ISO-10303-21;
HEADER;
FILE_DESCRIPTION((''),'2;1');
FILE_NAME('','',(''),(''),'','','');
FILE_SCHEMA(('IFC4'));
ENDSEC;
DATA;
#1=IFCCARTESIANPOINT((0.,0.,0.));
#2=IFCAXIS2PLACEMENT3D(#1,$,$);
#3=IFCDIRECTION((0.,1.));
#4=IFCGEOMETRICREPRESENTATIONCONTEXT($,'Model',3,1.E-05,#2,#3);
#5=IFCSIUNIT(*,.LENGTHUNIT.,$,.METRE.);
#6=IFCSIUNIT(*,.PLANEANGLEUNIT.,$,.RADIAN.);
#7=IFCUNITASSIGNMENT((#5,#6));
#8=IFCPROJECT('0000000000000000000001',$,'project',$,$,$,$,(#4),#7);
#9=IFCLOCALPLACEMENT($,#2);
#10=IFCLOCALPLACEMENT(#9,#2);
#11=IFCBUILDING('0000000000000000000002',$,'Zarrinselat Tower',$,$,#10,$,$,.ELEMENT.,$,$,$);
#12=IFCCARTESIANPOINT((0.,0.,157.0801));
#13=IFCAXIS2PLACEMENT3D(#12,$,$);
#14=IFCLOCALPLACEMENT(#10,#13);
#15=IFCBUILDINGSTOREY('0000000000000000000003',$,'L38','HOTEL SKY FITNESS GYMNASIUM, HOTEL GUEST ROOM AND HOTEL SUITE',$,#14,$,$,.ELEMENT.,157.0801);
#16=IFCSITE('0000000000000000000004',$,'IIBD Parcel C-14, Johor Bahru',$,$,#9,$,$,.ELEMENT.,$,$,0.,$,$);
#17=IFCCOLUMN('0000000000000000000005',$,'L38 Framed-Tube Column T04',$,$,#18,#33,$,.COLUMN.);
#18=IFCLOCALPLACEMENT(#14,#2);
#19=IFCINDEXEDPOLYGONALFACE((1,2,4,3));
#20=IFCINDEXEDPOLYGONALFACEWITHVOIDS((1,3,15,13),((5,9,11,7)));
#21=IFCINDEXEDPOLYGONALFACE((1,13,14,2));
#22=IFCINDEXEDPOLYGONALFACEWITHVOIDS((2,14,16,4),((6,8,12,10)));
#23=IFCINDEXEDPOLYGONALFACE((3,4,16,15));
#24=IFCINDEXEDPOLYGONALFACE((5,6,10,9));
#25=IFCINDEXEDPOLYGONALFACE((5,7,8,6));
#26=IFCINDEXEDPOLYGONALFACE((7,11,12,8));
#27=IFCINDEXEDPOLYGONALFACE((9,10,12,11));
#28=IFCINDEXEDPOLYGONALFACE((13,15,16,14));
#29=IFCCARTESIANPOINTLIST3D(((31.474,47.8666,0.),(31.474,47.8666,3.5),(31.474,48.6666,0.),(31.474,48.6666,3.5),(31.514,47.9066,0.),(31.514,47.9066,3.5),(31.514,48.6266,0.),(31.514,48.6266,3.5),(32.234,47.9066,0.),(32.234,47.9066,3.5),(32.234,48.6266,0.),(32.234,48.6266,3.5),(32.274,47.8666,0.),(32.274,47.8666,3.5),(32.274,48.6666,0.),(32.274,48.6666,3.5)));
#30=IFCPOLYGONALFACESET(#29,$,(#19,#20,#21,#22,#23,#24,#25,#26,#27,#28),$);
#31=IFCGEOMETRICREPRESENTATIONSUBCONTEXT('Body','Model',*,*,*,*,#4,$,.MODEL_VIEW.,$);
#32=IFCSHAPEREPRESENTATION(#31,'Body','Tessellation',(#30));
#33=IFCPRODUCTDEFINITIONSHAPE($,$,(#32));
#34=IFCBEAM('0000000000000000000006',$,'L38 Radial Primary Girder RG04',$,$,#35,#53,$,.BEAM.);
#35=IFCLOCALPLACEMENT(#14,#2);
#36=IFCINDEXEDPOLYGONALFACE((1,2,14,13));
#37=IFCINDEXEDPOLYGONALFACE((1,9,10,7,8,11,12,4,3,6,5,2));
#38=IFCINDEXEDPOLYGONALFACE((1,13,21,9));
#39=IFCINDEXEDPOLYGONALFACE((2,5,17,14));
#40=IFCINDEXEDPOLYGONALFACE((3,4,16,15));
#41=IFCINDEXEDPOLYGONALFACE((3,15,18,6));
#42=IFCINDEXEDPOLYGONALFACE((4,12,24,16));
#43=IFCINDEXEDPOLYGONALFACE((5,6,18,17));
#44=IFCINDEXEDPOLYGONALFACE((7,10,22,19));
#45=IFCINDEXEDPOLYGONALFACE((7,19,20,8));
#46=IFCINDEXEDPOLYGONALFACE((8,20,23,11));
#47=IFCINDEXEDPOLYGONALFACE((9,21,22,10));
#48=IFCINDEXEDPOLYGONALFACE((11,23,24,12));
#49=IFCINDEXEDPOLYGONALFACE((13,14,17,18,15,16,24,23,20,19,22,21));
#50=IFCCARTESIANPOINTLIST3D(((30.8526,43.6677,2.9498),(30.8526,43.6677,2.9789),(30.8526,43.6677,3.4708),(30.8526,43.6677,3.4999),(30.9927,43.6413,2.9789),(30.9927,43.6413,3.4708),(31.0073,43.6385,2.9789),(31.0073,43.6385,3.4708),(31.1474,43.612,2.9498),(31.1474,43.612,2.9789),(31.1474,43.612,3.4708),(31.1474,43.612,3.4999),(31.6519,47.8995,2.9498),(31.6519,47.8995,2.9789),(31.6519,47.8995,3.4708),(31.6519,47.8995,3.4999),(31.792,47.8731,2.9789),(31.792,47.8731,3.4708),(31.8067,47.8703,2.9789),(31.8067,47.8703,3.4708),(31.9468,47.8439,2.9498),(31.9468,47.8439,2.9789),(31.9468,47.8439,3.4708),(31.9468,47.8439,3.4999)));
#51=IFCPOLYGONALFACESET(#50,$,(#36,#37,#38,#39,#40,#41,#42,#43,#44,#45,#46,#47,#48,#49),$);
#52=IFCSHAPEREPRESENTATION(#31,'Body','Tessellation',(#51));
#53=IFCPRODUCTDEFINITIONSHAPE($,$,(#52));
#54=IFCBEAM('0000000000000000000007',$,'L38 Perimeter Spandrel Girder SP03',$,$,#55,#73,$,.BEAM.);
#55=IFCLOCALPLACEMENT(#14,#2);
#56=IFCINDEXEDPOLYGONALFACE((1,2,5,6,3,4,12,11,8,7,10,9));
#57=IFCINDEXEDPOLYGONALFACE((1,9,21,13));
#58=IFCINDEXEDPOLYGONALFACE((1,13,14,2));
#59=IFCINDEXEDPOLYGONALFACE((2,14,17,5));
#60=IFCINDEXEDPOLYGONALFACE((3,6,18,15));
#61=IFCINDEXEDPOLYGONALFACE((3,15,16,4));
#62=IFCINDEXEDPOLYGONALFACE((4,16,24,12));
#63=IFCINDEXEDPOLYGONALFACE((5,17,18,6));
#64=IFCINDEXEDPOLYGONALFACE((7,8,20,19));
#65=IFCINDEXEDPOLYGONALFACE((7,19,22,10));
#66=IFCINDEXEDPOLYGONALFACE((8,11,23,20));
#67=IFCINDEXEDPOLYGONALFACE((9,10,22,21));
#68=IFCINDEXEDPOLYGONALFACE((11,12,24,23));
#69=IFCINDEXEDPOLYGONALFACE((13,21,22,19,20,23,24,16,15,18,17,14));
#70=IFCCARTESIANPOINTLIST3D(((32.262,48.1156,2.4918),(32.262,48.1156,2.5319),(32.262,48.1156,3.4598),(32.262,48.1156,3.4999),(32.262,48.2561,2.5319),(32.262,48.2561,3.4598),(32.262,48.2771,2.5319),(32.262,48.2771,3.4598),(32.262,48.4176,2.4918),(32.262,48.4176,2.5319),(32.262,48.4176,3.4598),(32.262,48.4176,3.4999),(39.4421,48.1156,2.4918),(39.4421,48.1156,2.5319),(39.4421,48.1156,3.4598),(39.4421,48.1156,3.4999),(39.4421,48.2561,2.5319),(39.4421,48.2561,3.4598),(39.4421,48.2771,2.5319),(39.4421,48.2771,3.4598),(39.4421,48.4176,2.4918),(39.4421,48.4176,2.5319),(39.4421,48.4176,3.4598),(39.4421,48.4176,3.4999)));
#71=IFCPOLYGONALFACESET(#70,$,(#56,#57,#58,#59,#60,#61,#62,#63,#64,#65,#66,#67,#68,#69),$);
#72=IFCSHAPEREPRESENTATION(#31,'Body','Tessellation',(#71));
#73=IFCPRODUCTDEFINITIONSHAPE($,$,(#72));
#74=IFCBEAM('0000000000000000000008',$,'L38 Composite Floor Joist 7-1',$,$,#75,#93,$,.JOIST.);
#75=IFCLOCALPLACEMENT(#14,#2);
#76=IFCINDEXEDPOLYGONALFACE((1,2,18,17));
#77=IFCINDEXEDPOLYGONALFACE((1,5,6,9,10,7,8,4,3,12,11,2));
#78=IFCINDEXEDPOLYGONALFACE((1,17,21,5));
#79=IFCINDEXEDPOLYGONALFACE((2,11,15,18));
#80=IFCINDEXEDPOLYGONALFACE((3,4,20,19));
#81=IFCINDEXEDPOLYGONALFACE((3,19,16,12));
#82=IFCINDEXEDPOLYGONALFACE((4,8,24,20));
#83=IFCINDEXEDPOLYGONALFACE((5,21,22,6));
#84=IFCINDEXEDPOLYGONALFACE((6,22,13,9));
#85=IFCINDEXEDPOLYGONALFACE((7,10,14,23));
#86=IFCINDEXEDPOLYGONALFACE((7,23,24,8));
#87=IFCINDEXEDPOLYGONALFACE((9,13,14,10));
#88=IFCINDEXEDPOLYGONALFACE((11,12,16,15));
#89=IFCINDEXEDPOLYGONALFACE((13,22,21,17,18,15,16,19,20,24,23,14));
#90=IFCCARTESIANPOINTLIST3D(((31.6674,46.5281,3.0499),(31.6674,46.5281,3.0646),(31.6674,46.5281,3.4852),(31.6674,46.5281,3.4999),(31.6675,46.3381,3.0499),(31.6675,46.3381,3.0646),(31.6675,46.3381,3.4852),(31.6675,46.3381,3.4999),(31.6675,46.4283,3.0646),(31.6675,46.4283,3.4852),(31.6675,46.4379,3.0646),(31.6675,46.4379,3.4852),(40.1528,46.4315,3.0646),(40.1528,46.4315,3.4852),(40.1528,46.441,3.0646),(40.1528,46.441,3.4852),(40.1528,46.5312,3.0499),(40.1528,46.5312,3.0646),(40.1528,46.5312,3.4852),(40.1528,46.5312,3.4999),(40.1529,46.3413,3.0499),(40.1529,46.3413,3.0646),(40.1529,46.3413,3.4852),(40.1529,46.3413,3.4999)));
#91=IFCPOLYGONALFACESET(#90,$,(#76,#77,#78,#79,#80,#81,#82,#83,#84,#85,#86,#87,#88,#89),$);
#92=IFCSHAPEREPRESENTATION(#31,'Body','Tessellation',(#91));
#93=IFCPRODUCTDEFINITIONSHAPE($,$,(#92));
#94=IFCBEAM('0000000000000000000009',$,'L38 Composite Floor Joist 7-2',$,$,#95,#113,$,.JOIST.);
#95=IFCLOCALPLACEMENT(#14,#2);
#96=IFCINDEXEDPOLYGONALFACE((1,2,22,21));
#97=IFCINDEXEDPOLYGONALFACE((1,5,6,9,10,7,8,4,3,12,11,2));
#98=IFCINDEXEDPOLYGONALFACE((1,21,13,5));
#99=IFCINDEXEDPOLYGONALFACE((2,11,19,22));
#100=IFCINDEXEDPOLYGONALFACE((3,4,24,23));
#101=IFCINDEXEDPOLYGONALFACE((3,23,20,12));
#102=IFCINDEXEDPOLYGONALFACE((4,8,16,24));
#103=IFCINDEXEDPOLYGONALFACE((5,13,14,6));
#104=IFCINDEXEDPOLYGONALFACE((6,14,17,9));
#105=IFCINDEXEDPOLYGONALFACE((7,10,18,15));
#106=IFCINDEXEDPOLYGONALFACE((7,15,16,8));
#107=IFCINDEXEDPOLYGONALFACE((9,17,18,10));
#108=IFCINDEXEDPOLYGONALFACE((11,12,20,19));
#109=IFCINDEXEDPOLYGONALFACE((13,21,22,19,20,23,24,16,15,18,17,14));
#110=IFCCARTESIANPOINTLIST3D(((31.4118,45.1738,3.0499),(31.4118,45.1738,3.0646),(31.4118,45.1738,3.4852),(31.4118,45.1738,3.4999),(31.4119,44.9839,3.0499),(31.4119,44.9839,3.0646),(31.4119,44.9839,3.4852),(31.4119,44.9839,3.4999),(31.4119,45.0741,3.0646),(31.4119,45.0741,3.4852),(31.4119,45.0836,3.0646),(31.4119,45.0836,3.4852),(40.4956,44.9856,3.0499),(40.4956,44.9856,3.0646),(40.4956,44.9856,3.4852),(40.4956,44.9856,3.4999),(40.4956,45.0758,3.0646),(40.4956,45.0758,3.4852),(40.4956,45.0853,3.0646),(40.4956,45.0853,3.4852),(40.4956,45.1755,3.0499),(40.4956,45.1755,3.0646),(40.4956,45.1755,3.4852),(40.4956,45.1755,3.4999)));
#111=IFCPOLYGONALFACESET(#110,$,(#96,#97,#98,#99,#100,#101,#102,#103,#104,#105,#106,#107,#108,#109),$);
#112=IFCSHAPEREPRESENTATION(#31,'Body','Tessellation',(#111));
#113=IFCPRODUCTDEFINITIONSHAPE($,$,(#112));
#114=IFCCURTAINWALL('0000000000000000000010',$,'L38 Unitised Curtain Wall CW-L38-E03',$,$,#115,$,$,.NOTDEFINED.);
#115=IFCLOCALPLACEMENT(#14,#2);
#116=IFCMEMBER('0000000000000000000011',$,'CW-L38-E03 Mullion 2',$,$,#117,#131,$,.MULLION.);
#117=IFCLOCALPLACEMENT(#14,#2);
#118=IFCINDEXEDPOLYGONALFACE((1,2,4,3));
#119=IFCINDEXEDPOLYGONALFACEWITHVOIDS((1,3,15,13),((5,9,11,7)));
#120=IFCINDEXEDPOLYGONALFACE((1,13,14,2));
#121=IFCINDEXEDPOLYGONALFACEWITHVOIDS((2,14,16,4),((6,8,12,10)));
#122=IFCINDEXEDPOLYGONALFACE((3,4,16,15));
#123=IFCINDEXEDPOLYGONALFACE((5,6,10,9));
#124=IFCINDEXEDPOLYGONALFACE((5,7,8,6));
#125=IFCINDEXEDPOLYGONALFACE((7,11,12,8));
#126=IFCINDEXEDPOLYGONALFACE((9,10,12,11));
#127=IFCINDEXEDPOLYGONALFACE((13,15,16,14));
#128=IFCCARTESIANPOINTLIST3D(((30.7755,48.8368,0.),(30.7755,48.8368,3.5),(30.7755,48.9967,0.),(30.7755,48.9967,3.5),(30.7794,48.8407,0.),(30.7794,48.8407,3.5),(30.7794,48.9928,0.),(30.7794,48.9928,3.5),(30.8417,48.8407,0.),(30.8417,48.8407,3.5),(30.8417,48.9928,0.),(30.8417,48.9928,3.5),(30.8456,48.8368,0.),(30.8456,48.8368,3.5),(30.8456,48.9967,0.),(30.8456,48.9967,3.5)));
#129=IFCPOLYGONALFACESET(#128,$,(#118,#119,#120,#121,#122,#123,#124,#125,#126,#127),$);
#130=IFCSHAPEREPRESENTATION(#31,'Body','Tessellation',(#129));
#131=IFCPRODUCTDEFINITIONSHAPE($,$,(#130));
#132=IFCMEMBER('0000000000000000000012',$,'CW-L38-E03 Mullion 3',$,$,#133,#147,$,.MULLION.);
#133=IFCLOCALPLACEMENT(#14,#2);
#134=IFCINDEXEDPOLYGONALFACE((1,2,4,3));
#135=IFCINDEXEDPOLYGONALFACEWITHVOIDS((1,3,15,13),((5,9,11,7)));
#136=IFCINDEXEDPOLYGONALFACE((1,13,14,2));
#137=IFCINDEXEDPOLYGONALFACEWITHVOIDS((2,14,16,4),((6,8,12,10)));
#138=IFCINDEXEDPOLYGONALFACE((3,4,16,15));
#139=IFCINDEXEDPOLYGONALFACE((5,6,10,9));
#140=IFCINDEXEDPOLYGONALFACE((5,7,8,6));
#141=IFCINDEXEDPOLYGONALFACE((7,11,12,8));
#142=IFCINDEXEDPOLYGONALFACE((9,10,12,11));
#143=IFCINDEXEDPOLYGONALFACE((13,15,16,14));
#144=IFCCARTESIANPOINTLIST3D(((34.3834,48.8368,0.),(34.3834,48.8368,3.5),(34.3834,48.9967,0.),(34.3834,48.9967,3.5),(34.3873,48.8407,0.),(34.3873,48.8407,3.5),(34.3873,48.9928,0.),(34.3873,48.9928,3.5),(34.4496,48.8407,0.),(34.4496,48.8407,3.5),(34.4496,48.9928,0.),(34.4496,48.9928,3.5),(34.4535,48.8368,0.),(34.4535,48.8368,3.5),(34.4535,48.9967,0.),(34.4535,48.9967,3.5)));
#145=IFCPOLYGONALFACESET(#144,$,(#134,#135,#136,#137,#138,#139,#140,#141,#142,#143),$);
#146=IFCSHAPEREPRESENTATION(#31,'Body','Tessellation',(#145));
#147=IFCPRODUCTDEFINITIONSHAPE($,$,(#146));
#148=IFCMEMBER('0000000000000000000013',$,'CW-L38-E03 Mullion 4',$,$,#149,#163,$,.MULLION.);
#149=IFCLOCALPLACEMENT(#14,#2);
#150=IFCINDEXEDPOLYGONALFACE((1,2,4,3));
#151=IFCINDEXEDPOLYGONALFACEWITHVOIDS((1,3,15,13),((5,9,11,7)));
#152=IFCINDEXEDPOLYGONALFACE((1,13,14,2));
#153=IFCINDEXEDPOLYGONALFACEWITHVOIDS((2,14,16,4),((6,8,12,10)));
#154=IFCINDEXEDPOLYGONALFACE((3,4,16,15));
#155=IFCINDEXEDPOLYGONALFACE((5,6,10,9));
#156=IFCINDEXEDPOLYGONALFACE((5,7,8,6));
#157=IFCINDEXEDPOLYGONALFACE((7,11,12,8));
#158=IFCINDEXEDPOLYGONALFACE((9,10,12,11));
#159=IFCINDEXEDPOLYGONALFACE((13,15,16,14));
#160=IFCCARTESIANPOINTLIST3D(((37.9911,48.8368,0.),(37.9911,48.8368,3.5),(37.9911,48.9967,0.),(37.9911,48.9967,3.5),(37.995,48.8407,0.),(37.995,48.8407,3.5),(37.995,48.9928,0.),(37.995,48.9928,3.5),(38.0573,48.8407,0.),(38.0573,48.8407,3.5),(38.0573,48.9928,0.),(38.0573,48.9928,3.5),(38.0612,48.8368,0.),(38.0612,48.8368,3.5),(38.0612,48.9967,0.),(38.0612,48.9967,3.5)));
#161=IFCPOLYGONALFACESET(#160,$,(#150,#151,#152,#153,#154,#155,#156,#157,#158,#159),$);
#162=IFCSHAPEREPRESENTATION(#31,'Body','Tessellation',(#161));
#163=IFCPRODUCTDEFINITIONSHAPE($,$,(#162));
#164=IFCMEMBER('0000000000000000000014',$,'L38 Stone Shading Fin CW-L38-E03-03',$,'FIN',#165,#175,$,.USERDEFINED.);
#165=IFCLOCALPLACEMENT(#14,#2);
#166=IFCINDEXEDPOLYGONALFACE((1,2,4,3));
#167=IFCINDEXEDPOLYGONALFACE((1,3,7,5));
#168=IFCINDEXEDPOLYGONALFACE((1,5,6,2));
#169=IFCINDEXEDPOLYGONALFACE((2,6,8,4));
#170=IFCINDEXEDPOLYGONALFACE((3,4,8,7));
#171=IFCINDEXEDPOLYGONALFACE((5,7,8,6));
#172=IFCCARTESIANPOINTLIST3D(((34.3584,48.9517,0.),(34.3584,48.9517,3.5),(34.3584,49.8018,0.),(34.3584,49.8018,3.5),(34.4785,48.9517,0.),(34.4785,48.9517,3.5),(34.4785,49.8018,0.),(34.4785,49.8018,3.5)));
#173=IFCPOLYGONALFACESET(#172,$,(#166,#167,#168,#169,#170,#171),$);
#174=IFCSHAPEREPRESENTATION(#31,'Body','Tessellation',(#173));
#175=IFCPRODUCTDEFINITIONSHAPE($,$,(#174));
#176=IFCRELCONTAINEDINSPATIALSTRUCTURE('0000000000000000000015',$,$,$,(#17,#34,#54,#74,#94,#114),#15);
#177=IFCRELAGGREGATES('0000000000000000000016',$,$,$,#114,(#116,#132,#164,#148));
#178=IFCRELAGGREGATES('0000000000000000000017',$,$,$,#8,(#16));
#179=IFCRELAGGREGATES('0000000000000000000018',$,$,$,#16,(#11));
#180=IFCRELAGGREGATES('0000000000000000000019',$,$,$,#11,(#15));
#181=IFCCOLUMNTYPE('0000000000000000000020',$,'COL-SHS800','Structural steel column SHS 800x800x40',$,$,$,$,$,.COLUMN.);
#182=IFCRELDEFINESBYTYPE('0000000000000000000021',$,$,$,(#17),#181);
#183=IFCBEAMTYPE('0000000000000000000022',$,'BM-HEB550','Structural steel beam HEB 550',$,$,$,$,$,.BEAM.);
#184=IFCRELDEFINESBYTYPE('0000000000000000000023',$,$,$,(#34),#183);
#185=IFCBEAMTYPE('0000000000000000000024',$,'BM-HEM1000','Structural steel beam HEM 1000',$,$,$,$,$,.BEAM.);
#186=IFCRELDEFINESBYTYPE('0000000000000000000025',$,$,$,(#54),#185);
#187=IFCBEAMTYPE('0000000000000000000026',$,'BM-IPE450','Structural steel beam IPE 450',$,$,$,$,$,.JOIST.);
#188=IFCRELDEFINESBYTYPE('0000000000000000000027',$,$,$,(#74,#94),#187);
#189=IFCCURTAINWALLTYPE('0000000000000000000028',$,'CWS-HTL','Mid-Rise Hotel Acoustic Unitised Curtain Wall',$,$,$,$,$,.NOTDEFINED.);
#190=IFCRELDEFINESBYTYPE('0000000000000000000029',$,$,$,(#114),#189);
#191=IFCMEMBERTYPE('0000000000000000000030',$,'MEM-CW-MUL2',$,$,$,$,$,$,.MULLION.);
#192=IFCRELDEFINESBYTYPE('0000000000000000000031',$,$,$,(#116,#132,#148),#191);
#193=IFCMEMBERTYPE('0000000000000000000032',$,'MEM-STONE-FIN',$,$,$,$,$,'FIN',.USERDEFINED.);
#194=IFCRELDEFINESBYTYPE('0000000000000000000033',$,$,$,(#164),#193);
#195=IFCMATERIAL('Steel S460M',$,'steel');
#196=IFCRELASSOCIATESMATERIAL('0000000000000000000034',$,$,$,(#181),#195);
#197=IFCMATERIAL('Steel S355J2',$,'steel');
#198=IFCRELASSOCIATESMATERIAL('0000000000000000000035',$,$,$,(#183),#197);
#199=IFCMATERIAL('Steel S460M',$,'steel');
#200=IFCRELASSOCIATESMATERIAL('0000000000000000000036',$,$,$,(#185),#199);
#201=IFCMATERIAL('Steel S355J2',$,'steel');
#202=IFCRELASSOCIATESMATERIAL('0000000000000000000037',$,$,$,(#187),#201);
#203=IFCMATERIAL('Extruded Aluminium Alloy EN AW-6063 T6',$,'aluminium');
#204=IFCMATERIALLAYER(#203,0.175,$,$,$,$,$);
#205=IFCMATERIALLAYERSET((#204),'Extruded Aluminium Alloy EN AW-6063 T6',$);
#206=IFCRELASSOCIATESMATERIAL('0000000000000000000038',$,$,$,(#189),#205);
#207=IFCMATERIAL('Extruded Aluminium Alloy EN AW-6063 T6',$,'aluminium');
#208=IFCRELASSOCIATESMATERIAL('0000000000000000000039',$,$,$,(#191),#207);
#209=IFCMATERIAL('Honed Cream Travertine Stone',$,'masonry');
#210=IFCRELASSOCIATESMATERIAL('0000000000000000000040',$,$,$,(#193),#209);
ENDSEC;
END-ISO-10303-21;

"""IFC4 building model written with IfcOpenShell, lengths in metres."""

from ifc_helpers import new_model, si_unit, direction, frame, origin, origin_2d, place, context, subcontext, project, spatial, rectangle, hollow_rectangle, i_section, extrude, material, layer, layer_set, material_profile, profile_set, type_object, element, aggregate, save


model = new_model("IFC4")

# Units and contexts
model_context = context("Model", 3, precision=1e-05, world=origin(), true_north=direction((0.0, 1.0)))
body_context = subcontext(model_context, "Body", "Model", "MODEL_VIEW")
ifc_project = project(units=[si_unit("LENGTHUNIT", "METRE"), si_unit("PLANEANGLEUNIT", "RADIAN")], contexts=[model_context])

# Site, building, storey
site_placement = place(None, origin())
site = spatial("IfcSite", under=ifc_project, at=site_placement, Name="IIBD Parcel C-14, Johor Bahru", CompositionType="ELEMENT", RefElevation=0.0)
building_placement = place(site_placement, origin())
building = spatial("IfcBuilding", under=site, at=building_placement, Name="Zarrinselat Tower", CompositionType="ELEMENT")
storey_placement = place(building_placement, frame((0.0, 0.0, 157.0801)))
storey = spatial("IfcBuildingStorey", under=building, at=storey_placement, Name="L38", Description="HOTEL SKY FITNESS GYMNASIUM, HOTEL GUEST ROOM AND HOTEL SUITE", CompositionType="ELEMENT", Elevation=157.0801)

# Column
ifc_material_1 = material(Name="Steel S460M", Category="steel")
ifc_material_profile_1 = material_profile(ifc_material_1, hollow_rectangle(XDim=0.8, YDim=0.8, WallThickness=0.04, at=origin_2d()), Name="SHS 800x800x40")
ifc_profile_set_1 = profile_set([ifc_material_profile_1], Name="Steel S460M")
column_type = type_object("IfcColumnType", Name="COL-SHS800", Description="Structural steel column SHS 800x800x40", PredefinedType="COLUMN", material=ifc_profile_set_1)
column_placement = place(storey_placement, frame((31.874, 48.2666, 0.0), z_axis=(0.0, 0.0, 1.0), x_axis=(1.0, 0.0, 0.0)))
element("IfcColumn", 1, at=column_placement, inside=storey, type_object=column_type, Name="L38 Framed-Tube Column T04", PredefinedType="COLUMN", context=body_context, shape_type="SweptSolid", body=[
    extrude(hollow_rectangle(XDim=0.8, YDim=0.8, WallThickness=0.04, at=origin_2d()), origin(), (0.0, 0.0, 1.0), 3.5),
])

# Beams
ifc_material_2 = material(Name="Steel S355J2", Category="steel")
ifc_material_profile_2 = material_profile(ifc_material_2, i_section(OverallWidth=0.3, OverallDepth=0.55, WebThickness=0.0149, FlangeThickness=0.0291, at=origin_2d()), Name="HEB 550")
ifc_profile_set_2 = profile_set([ifc_material_profile_2], Name="Steel S355J2")
beam_type_1 = type_object("IfcBeamType", Name="BM-HEB550", Description="Structural steel beam HEB 550", PredefinedType="BEAM", material=ifc_profile_set_2)
beam_1_placement = place(storey_placement, frame((31.0, 43.6399, 3.2249), z_axis=(0.185606, 0.982624, 0.0), x_axis=(-0.982624, 0.185606, 0.0)))
element("IfcBeam", 2, at=beam_1_placement, inside=storey, type_object=beam_type_1, Name="L38 Radial Primary Girder RG04", PredefinedType="BEAM", context=body_context, shape_type="SweptSolid", body=[
    extrude(i_section(OverallWidth=0.3, OverallDepth=0.55, WebThickness=0.0149, FlangeThickness=0.0291, at=origin_2d()), origin(), (0.0, 0.0, 1.0), 4.3066),
])
ifc_material_3 = material(Name="Steel S460M", Category="steel")
ifc_material_profile_3 = material_profile(ifc_material_3, i_section(OverallWidth=0.302, OverallDepth=1.0081, WebThickness=0.021, FlangeThickness=0.04, at=origin_2d()), Name="HEM 1000")
ifc_profile_set_3 = profile_set([ifc_material_profile_3], Name="Steel S460M")
beam_type_2 = type_object("IfcBeamType", Name="BM-HEM1000", Description="Structural steel beam HEM 1000", PredefinedType="BEAM", material=ifc_profile_set_3)
beam_2_placement = place(storey_placement, frame((32.262, 48.2666, 2.9958), z_axis=(1.0, 0.0, 0.0), x_axis=(0.0, 1.0, 0.0)))
element("IfcBeam", 3, at=beam_2_placement, inside=storey, type_object=beam_type_2, Name="L38 Perimeter Spandrel Girder SP03", PredefinedType="BEAM", context=body_context, shape_type="SweptSolid", body=[
    extrude(i_section(OverallWidth=0.302, OverallDepth=1.0081, WebThickness=0.021, FlangeThickness=0.04, at=origin_2d()), origin(), (0.0, 0.0, 1.0), 7.1802),
])
ifc_material_4 = material(Name="Steel S355J2", Category="steel")
ifc_material_profile_4 = material_profile(ifc_material_4, i_section(OverallWidth=0.1899, OverallDepth=0.45, WebThickness=0.0095, FlangeThickness=0.0146, at=origin_2d()), Name="IPE 450")
ifc_profile_set_4 = profile_set([ifc_material_profile_4], Name="Steel S355J2")
beam_type_3 = type_object("IfcBeamType", Name="BM-IPE450", Description="Structural steel beam IPE 450", PredefinedType="JOIST", material=ifc_profile_set_4)
beam_3_placement = place(storey_placement, frame((31.6675, 46.4331, 3.2749), z_axis=(1.0, 0.000374, 0.0), x_axis=(-0.000374, 1.0, 0.0)))
element("IfcBeam", 4, at=beam_3_placement, inside=storey, type_object=beam_type_3, Name="L38 Composite Floor Joist 7-1", PredefinedType="JOIST", context=body_context, shape_type="SweptSolid", body=[
    extrude(i_section(OverallWidth=0.1899, OverallDepth=0.45, WebThickness=0.0095, FlangeThickness=0.0146, at=origin_2d()), origin(), (0.0, 0.0, 1.0), 8.4854),
])
beam_4_placement = place(storey_placement, frame((31.4119, 45.0789, 3.2749), z_axis=(1.0, 0.000188, 0.0), x_axis=(-0.000188, 1.0, 0.0)))
element("IfcBeam", 5, at=beam_4_placement, inside=storey, type_object=beam_type_3, Name="L38 Composite Floor Joist 7-2", PredefinedType="JOIST", context=body_context, shape_type="SweptSolid", body=[
    extrude(i_section(OverallWidth=0.1899, OverallDepth=0.45, WebThickness=0.0095, FlangeThickness=0.0146, at=origin_2d()), origin(), (0.0, 0.0, 1.0), 9.0837),
])

# Curtain wall, members
ifc_material_5 = material(Name="Extruded Aluminium Alloy EN AW-6063 T6", Category="aluminium")
ifc_layer_1 = layer(ifc_material_5, 0.175)
ifc_layer_set_1 = layer_set([ifc_layer_1], Name="Extruded Aluminium Alloy EN AW-6063 T6")
curtain_wall_type = type_object("IfcCurtainWallType", Name="CWS-HTL", Description="Mid-Rise Hotel Acoustic Unitised Curtain Wall", PredefinedType="NOTDEFINED", material=ifc_layer_set_1)
curtain_wall_placement = place(storey_placement, origin())
curtain_wall = element("IfcCurtainWall", 6, at=curtain_wall_placement, inside=storey, type_object=curtain_wall_type, Name="L38 Unitised Curtain Wall CW-L38-E03", PredefinedType="NOTDEFINED")
ifc_material_6 = material(Name="Extruded Aluminium Alloy EN AW-6063 T6", Category="aluminium")
ifc_material_profile_5 = material_profile(ifc_material_6, hollow_rectangle(XDim=0.0701, YDim=0.1599, WallThickness=0.0039, at=origin_2d()), Name="RHS 160x70x4")
ifc_profile_set_5 = profile_set([ifc_material_profile_5], Name="Extruded Aluminium Alloy EN AW-6063 T6")
member_type_1 = type_object("IfcMemberType", Name="MEM-CW-MUL2", PredefinedType="MULLION", material=ifc_profile_set_5)
member_1_placement = place(storey_placement, frame((30.8105, 48.9167, 0.0), z_axis=(0.0, 0.0, 1.0), x_axis=(1.0, 0.0, 0.0)))
member_1 = element("IfcMember", 7, at=member_1_placement, type_object=member_type_1, Name="CW-L38-E03 Mullion 2", PredefinedType="MULLION", context=body_context, shape_type="SweptSolid", body=[
    extrude(hollow_rectangle(XDim=0.0701, YDim=0.1599, WallThickness=0.0039, at=origin_2d()), origin(), (0.0, 0.0, 1.0), 3.5),
])
member_2_placement = place(storey_placement, frame((34.4185, 48.9167, 0.0), z_axis=(0.0, 0.0, 1.0), x_axis=(1.0, 0.0, 0.0)))
member_2 = element("IfcMember", 8, at=member_2_placement, type_object=member_type_1, Name="CW-L38-E03 Mullion 3", PredefinedType="MULLION", context=body_context, shape_type="SweptSolid", body=[
    extrude(hollow_rectangle(XDim=0.0701, YDim=0.1599, WallThickness=0.0039, at=origin_2d()), origin(), (0.0, 0.0, 1.0), 3.5),
])
member_3_placement = place(storey_placement, frame((38.0261, 48.9167, 0.0), z_axis=(0.0, 0.0, 1.0), x_axis=(1.0, 0.0, 0.0)))
member_3 = element("IfcMember", 9, at=member_3_placement, type_object=member_type_1, Name="CW-L38-E03 Mullion 4", PredefinedType="MULLION", context=body_context, shape_type="SweptSolid", body=[
    extrude(hollow_rectangle(XDim=0.0701, YDim=0.1599, WallThickness=0.0039, at=origin_2d()), origin(), (0.0, 0.0, 1.0), 3.5),
])
ifc_material_7 = material(Name="Honed Cream Travertine Stone", Category="masonry")
ifc_material_profile_6 = material_profile(ifc_material_7, rectangle(XDim=0.1201, YDim=0.8501, at=origin_2d()), Name="FIN 850x120")
ifc_profile_set_6 = profile_set([ifc_material_profile_6], Name="Honed Cream Travertine Stone")
member_type_2 = type_object("IfcMemberType", Name="MEM-STONE-FIN", ElementType="FIN", PredefinedType="USERDEFINED", material=ifc_profile_set_6)
member_4_placement = place(storey_placement, frame((34.4185, 49.3767, 0.0), z_axis=(0.0, 0.0, 1.0), x_axis=(1.0, 0.0, 0.0)))
member_4 = element("IfcMember", 10, at=member_4_placement, type_object=member_type_2, Name="L38 Stone Shading Fin CW-L38-E03-03", ObjectType="FIN", PredefinedType="USERDEFINED", context=body_context, shape_type="SweptSolid", body=[
    extrude(rectangle(XDim=0.1201, YDim=0.8501, at=origin_2d()), origin(), (0.0, 0.0, 1.0), 3.5),
])
aggregate(curtain_wall, [member_1, member_2, member_4, member_3])

save(model, "model.ifc")
